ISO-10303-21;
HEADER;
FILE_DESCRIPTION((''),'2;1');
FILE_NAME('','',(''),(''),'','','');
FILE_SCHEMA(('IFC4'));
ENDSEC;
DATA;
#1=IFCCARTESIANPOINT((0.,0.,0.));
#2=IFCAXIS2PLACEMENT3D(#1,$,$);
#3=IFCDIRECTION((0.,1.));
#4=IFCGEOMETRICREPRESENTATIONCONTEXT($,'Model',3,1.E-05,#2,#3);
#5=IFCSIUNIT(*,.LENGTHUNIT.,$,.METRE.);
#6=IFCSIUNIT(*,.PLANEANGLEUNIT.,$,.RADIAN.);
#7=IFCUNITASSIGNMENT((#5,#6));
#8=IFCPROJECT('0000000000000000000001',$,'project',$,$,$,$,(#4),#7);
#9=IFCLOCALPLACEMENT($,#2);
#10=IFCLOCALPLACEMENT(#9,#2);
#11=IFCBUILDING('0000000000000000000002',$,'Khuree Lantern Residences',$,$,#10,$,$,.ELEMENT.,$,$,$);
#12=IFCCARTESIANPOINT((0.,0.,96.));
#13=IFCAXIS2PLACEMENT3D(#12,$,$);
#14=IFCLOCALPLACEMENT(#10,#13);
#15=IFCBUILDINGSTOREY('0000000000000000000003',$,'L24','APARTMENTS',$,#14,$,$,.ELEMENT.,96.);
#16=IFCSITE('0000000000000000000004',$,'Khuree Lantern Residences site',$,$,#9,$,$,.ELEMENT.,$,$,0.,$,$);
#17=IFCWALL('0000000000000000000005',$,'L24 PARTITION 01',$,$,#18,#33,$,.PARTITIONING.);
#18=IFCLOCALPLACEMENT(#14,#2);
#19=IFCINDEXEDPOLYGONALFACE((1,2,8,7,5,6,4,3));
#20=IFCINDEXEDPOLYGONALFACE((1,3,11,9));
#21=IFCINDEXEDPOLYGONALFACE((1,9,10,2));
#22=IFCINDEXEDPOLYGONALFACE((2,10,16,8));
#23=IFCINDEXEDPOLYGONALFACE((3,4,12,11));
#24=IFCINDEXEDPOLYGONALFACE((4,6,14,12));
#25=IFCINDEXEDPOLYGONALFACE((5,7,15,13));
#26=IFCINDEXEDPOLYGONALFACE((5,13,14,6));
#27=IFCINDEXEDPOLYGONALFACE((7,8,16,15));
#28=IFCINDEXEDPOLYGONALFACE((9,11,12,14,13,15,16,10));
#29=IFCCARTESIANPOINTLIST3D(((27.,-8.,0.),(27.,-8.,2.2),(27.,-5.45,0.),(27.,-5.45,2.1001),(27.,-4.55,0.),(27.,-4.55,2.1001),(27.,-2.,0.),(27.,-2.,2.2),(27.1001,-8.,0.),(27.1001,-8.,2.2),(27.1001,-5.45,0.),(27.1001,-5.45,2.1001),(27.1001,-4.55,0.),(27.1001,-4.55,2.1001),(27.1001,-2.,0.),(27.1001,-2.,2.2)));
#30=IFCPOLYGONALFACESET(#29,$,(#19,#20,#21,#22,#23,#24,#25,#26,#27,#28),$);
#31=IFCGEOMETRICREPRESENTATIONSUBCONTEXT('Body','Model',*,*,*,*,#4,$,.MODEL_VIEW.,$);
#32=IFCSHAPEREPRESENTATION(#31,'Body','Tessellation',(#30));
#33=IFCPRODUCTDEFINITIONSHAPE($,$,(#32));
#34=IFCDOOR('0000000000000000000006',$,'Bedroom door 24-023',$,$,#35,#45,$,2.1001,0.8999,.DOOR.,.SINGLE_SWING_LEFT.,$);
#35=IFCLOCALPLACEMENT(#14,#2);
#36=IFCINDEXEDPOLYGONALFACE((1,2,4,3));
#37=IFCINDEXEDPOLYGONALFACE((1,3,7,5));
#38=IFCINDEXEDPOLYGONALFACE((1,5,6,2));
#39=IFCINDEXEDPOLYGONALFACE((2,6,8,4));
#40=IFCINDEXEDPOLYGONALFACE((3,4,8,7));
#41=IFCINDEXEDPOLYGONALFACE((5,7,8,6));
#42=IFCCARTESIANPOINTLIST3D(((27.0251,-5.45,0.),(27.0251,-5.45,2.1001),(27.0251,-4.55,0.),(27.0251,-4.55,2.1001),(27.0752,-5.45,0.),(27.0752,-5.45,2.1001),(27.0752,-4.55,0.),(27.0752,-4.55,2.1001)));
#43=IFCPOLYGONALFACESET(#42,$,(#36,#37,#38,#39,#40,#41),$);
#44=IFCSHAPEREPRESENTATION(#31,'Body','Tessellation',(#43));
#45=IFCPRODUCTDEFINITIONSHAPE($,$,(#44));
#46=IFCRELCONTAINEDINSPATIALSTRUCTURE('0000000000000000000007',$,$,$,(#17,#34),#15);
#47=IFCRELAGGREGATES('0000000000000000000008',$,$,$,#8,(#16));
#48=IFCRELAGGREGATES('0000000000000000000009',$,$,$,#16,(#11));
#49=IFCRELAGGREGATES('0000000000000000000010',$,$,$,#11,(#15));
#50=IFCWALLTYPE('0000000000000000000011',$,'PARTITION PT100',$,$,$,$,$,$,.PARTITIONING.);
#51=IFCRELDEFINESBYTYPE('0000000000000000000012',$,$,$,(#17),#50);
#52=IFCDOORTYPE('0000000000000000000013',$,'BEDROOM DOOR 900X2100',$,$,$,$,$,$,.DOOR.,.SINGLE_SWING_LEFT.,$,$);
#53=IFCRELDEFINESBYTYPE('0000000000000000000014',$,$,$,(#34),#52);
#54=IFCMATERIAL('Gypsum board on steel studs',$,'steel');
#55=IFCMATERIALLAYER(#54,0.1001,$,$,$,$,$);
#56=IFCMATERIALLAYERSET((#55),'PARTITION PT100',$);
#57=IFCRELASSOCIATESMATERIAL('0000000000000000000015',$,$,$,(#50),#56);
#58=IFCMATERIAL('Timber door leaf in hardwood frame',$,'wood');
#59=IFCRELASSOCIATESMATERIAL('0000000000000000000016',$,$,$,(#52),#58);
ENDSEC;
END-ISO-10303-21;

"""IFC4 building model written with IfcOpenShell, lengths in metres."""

from ifc_helpers import new_model, si_unit, direction, frame, frame_2d, origin, place, context, subcontext, project, spatial, rectangle, extrude, material, layer, layer_set, type_object, element, fill, save


model = new_model("IFC4")

# Units and contexts
model_context = context("Model", 3, precision=1e-05, world=origin(), true_north=direction((0.0, 1.0)))
body_context = subcontext(model_context, "Body", "Model", "MODEL_VIEW")
ifc_project = project(units=[si_unit("LENGTHUNIT", "METRE"), si_unit("PLANEANGLEUNIT", "RADIAN")], contexts=[model_context])

# Site, building, storey
site_placement = place(None, origin())
site = spatial("IfcSite", under=ifc_project, at=site_placement, Name="Khuree Lantern Residences site", CompositionType="ELEMENT", RefElevation=0.0)
building_placement = place(site_placement, origin())
building = spatial("IfcBuilding", under=site, at=building_placement, Name="Khuree Lantern Residences", CompositionType="ELEMENT")
storey_placement = place(building_placement, frame((0.0, 0.0, 96.0)))
storey = spatial("IfcBuildingStorey", under=building, at=storey_placement, Name="L24", Description="APARTMENTS", CompositionType="ELEMENT", Elevation=96.0)

# Shared definitions
ifc_material_1 = material(Name="Timber door leaf in hardwood frame", Category="wood")

# Shared definitions
ifc_material_2 = material(Name="Gypsum board on steel studs", Category="steel")
ifc_layer_1 = layer(ifc_material_2, 0.1001)
ifc_layer_set_1 = layer_set([ifc_layer_1], Name="PARTITION PT100")
wall_type_1 = type_object("IfcWallType", Name="PARTITION PT100", PredefinedType="PARTITIONING", material=ifc_layer_set_1)

# Wall, opening, door
wall_1_placement = place(storey_placement, frame((27.05, -8.0, 0.0), z_axis=(0.0, 0.0, 1.0), x_axis=(0.0, 1.0, 0.0)))
wall_1 = element("IfcWall", 1, at=wall_1_placement, inside=storey, type_object=wall_type_1, Name="L24 PARTITION 01", PredefinedType="PARTITIONING", context=body_context, shape_type="SweptSolid", body=[
    extrude(rectangle(XDim=6.0, YDim=0.1001, at=frame_2d((3.0, 0.0))), origin(), (0.0, 0.0, 1.0), 2.2),
])
opening_1_placement = place(wall_1_placement, frame((2.55, 0.0, 0.0)))
opening_1 = element("IfcOpeningElement", 2, at=opening_1_placement, cuts=wall_1, PredefinedType="OPENING", context=body_context, shape_type="SweptSolid", body=[
    extrude(rectangle(XDim=0.8999, YDim=2.1001, at=frame_2d((0.45, 1.05))), frame((0.0, 0.0601, 0.0), z_axis=(0.0, -1.0, 0.0), x_axis=(1.0, 0.0, 0.0)), (0.0, 0.0, 1.0), 0.1201),
])
door_type_1 = type_object("IfcDoorType", Name="BEDROOM DOOR 900X2100", OperationType="SINGLE_SWING_LEFT", PredefinedType="DOOR", material=ifc_material_1)
door_1_placement = place(opening_1_placement, origin())
door_1 = element("IfcDoor", 3, at=door_1_placement, inside=storey, type_object=door_type_1, Name="Bedroom door 24-023", OperationType="SINGLE_SWING_LEFT", OverallHeight=2.1001, OverallWidth=0.8999, PredefinedType="DOOR", context=body_context, shape_type="SweptSolid", body=[
    extrude(rectangle(XDim=0.8999, YDim=2.1001, at=frame_2d((0.45, 1.05))), frame((0.0, 0.0249, 0.0), z_axis=(0.0, -1.0, 0.0), x_axis=(1.0, 0.0, 0.0)), (0.0, 0.0, 1.0), 0.05),
])
fill(opening_1, door_1)

save(model, "model.ifc")
